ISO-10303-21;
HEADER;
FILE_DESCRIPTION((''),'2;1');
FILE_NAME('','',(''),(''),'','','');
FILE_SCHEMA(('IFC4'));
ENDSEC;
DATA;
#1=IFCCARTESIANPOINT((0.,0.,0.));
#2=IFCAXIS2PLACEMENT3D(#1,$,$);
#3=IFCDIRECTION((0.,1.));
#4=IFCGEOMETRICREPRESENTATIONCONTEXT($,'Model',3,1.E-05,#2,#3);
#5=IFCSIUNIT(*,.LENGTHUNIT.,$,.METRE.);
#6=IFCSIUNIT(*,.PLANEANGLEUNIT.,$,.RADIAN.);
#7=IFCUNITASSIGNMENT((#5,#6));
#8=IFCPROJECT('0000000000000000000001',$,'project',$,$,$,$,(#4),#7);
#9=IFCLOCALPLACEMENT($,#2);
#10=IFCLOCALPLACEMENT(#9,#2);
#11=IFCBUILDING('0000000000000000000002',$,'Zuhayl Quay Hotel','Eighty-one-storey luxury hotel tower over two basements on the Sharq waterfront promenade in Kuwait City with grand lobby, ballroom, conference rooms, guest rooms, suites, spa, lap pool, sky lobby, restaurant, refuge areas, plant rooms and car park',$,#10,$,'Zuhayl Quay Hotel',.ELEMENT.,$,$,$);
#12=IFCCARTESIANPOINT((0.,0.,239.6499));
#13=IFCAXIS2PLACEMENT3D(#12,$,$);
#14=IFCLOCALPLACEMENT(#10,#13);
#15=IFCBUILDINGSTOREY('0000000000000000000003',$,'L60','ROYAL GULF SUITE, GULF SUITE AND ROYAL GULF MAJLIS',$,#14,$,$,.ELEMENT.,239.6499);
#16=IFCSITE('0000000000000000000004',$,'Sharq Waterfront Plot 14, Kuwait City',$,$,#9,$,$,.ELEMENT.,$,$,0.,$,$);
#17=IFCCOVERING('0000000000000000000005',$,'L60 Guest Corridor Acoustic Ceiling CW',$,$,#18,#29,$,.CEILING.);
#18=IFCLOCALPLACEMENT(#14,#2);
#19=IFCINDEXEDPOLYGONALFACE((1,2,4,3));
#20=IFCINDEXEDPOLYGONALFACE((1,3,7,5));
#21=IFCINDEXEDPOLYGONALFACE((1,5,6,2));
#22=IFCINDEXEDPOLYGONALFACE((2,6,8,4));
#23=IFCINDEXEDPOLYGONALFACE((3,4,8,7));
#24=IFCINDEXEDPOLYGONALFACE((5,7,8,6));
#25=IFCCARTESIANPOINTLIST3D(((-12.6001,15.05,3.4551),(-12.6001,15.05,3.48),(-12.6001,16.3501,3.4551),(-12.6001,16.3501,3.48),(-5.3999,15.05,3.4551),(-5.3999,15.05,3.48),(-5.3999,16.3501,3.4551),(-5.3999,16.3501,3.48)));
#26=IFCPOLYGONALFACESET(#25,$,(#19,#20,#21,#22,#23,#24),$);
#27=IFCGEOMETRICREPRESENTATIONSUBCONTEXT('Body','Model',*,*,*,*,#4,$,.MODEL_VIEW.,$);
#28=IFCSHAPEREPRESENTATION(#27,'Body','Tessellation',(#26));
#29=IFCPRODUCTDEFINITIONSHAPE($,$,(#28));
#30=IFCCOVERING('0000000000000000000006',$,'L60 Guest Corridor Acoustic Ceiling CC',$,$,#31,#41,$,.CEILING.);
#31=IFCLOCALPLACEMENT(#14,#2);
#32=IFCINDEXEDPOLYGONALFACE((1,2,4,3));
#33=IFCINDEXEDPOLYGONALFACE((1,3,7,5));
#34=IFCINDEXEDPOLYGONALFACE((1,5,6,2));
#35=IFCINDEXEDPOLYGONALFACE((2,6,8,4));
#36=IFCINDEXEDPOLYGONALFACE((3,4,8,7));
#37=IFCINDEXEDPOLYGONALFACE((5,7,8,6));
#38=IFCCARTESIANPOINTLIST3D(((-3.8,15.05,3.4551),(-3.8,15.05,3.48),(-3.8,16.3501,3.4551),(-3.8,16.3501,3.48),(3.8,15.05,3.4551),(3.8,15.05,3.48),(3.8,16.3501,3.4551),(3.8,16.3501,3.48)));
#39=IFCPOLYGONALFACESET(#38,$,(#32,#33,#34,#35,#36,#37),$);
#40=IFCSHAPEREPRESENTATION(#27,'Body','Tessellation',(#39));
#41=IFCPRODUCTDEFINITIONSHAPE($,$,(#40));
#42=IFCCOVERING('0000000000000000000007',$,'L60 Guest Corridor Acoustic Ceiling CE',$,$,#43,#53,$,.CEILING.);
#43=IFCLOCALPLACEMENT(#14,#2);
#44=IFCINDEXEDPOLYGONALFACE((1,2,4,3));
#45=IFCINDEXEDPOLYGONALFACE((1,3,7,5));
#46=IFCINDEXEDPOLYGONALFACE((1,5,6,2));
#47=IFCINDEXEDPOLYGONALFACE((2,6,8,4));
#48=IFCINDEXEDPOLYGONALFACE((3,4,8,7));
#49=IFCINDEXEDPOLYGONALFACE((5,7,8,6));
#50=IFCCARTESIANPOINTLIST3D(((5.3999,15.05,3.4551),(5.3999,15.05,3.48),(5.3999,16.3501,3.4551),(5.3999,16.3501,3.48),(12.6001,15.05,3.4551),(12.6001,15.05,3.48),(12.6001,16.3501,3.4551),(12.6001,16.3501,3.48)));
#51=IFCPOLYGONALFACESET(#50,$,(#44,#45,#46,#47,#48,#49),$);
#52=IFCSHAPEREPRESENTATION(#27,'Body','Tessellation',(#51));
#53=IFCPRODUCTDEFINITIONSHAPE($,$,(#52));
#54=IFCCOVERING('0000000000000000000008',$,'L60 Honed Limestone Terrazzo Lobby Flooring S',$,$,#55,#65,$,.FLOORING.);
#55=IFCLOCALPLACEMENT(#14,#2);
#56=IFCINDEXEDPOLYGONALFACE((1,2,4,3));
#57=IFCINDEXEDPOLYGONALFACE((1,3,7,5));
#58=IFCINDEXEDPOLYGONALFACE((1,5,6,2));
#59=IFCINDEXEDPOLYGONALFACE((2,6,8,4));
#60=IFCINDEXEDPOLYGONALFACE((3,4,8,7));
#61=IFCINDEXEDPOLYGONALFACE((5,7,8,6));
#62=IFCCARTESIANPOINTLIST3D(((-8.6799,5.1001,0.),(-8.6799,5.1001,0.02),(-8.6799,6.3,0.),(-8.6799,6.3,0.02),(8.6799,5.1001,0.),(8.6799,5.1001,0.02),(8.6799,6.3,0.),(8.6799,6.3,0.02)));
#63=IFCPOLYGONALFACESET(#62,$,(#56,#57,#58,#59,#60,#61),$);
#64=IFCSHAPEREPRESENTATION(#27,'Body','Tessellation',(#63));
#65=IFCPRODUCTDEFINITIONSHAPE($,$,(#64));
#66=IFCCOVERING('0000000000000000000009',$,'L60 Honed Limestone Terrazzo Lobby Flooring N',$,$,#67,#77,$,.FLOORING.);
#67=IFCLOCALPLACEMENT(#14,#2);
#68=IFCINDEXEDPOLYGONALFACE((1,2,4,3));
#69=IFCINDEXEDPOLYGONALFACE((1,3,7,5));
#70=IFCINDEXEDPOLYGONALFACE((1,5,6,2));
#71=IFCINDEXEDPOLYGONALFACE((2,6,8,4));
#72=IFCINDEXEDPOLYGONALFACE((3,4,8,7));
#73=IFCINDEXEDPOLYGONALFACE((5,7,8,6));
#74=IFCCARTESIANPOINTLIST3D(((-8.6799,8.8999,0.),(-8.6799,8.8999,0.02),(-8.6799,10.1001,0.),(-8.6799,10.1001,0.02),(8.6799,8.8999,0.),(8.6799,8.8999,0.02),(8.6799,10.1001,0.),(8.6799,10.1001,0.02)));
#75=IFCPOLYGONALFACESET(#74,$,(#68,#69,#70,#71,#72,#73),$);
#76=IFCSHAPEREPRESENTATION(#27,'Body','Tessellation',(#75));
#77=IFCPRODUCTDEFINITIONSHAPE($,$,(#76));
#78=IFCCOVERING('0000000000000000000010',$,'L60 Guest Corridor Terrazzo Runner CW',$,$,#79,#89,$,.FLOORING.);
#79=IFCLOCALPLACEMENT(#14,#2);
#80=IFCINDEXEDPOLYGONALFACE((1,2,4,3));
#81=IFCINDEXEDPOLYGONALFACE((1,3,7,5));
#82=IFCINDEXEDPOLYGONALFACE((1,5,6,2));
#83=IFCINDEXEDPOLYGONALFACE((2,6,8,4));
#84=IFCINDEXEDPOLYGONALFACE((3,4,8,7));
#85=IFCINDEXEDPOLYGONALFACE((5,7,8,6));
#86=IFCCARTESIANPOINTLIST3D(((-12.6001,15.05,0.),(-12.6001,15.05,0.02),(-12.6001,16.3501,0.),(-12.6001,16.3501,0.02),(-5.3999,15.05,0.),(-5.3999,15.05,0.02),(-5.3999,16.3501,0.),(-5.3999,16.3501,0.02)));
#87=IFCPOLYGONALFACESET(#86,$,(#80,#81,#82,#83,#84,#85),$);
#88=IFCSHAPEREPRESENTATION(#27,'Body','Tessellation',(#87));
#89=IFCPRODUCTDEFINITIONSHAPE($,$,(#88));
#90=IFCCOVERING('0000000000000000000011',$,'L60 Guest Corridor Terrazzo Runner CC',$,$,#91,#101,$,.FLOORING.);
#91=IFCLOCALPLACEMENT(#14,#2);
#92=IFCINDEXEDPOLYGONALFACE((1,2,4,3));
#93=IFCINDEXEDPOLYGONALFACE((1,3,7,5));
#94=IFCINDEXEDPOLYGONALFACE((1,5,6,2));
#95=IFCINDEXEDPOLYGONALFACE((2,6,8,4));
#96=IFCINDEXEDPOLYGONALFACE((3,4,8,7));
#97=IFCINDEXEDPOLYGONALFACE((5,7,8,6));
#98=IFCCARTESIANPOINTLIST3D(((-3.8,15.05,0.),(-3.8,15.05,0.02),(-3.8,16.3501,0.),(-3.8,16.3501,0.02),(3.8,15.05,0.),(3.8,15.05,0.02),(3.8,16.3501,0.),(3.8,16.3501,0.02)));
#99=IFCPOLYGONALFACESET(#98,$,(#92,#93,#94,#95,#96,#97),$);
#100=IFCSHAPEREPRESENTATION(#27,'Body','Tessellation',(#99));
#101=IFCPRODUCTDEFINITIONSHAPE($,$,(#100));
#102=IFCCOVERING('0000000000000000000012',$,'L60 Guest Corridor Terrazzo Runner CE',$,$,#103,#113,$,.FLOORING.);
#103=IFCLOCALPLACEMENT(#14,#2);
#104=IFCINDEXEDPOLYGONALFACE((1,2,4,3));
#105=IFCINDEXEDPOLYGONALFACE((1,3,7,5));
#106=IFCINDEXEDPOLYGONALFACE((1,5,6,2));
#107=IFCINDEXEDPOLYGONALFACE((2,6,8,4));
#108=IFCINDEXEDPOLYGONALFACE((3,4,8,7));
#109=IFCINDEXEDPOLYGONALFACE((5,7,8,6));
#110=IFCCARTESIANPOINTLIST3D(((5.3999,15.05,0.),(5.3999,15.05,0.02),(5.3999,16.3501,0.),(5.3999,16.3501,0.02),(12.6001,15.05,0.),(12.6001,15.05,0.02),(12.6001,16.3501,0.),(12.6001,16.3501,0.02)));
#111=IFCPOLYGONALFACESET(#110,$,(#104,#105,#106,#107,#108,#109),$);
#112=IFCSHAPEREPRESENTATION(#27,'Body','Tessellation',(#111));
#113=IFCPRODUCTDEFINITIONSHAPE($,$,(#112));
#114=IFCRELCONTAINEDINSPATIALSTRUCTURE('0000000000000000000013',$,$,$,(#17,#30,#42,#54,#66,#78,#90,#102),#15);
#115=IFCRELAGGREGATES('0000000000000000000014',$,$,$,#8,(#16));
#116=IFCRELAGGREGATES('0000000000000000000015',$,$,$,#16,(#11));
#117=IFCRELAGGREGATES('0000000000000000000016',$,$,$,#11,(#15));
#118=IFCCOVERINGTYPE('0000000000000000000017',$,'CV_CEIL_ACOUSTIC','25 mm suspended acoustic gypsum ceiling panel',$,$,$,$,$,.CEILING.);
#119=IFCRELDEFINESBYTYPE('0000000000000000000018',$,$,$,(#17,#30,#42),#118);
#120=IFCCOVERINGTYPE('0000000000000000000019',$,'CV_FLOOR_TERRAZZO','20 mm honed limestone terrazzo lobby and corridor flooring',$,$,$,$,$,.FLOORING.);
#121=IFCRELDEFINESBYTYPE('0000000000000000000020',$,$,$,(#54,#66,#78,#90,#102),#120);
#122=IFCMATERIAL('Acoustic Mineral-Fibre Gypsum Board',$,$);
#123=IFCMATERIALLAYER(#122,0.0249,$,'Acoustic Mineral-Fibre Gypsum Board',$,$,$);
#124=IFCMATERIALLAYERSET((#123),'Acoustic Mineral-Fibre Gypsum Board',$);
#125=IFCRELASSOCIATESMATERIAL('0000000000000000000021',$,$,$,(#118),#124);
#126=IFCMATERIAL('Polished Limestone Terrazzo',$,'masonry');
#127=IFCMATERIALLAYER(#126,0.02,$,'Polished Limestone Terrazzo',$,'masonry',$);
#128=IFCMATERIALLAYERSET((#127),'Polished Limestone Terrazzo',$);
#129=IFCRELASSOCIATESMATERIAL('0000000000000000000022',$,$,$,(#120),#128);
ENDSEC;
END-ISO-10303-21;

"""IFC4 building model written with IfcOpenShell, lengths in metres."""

from ifc_helpers import new_model, si_unit, direction, frame, origin, place, context, subcontext, project, spatial, polyline, outline, extrude, material, layer, layer_set, type_object, element, save


model = new_model("IFC4")

# Units and contexts
model_context = context("Model", 3, precision=1e-05, world=origin(), true_north=direction((0.0, 1.0)))
body_context = subcontext(model_context, "Body", "Model", "MODEL_VIEW")
ifc_project = project(units=[si_unit("LENGTHUNIT", "METRE"), si_unit("PLANEANGLEUNIT", "RADIAN")], contexts=[model_context])

# Site, building, storey
site_placement = place(None, origin())
site = spatial("IfcSite", under=ifc_project, at=site_placement, Name="Sharq Waterfront Plot 14, Kuwait City", CompositionType="ELEMENT", RefElevation=0.0)
building_placement = place(site_placement, origin())
building = spatial("IfcBuilding", under=site, at=building_placement, Name="Zuhayl Quay Hotel", Description="Eighty-one-storey luxury hotel tower over two basements on the Sharq waterfront promenade in Kuwait City with grand lobby, ballroom, conference rooms, guest rooms, suites, spa, lap pool, sky lobby, restaurant, refuge areas, plant rooms and car park", LongName="Zuhayl Quay Hotel", CompositionType="ELEMENT")
storey_placement = place(building_placement, frame((0.0, 0.0, 239.6499)))
storey = spatial("IfcBuildingStorey", under=building, at=storey_placement, Name="L60", Description="ROYAL GULF SUITE, GULF SUITE AND ROYAL GULF MAJLIS", CompositionType="ELEMENT", Elevation=239.6499)

# Coverings
ifc_material_1 = material(Name="Acoustic Mineral-Fibre Gypsum Board")
ifc_layer_1 = layer(ifc_material_1, 0.0249, Name="Acoustic Mineral-Fibre Gypsum Board")
ifc_layer_set_1 = layer_set([ifc_layer_1], Name="Acoustic Mineral-Fibre Gypsum Board")
covering_type_1 = type_object("IfcCoveringType", Name="CV_CEIL_ACOUSTIC", Description="25 mm suspended acoustic gypsum ceiling panel", PredefinedType="CEILING", material=ifc_layer_set_1)
covering_1_placement = place(storey_placement, frame((0.0, 0.0, 3.4551)))
element("IfcCovering", 1, at=covering_1_placement, inside=storey, type_object=covering_type_1, Name="L60 Guest Corridor Acoustic Ceiling CW", PredefinedType="CEILING", context=body_context, shape_type="SweptSolid", body=[
    extrude(outline(polyline([(-12.6001, 15.05), (-5.3999, 15.05), (-5.3999, 16.3501), (-12.6001, 16.3501), (-12.6001, 15.05)])), origin(), (0.0, 0.0, 1.0), 0.0249),
])
covering_2_placement = place(storey_placement, frame((0.0, 0.0, 3.4551)))
element("IfcCovering", 2, at=covering_2_placement, inside=storey, type_object=covering_type_1, Name="L60 Guest Corridor Acoustic Ceiling CC", PredefinedType="CEILING", context=body_context, shape_type="SweptSolid", body=[
    extrude(outline(polyline([(-3.8, 15.05), (3.8, 15.05), (3.8, 16.3501), (-3.8, 16.3501), (-3.8, 15.05)])), origin(), (0.0, 0.0, 1.0), 0.0249),
])
covering_3_placement = place(storey_placement, frame((0.0, 0.0, 3.4551)))
element("IfcCovering", 3, at=covering_3_placement, inside=storey, type_object=covering_type_1, Name="L60 Guest Corridor Acoustic Ceiling CE", PredefinedType="CEILING", context=body_context, shape_type="SweptSolid", body=[
    extrude(outline(polyline([(5.3999, 15.05), (12.6001, 15.05), (12.6001, 16.3501), (5.3999, 16.3501), (5.3999, 15.05)])), origin(), (0.0, 0.0, 1.0), 0.0249),
])
ifc_material_2 = material(Name="Polished Limestone Terrazzo", Category="masonry")
ifc_layer_2 = layer(ifc_material_2, 0.02, Name="Polished Limestone Terrazzo", Category="masonry")
ifc_layer_set_2 = layer_set([ifc_layer_2], Name="Polished Limestone Terrazzo")
covering_type_2 = type_object("IfcCoveringType", Name="CV_FLOOR_TERRAZZO", Description="20 mm honed limestone terrazzo lobby and corridor flooring", PredefinedType="FLOORING", material=ifc_layer_set_2)
covering_4_placement = place(storey_placement, origin())
element("IfcCovering", 4, at=covering_4_placement, inside=storey, type_object=covering_type_2, Name="L60 Honed Limestone Terrazzo Lobby Flooring S", PredefinedType="FLOORING", context=body_context, shape_type="SweptSolid", body=[
    extrude(outline(polyline([(-8.6799, 5.1001), (8.6799, 5.1001), (8.6799, 6.3), (-8.6799, 6.3), (-8.6799, 5.1001)])), origin(), (0.0, 0.0, 1.0), 0.02),
])
covering_5_placement = place(storey_placement, origin())
element("IfcCovering", 5, at=covering_5_placement, inside=storey, type_object=covering_type_2, Name="L60 Honed Limestone Terrazzo Lobby Flooring N", PredefinedType="FLOORING", context=body_context, shape_type="SweptSolid", body=[
    extrude(outline(polyline([(-8.6799, 8.8999), (8.6799, 8.8999), (8.6799, 10.1001), (-8.6799, 10.1001), (-8.6799, 8.8999)])), origin(), (0.0, 0.0, 1.0), 0.02),
])
covering_6_placement = place(storey_placement, origin())
element("IfcCovering", 6, at=covering_6_placement, inside=storey, type_object=covering_type_2, Name="L60 Guest Corridor Terrazzo Runner CW", PredefinedType="FLOORING", context=body_context, shape_type="SweptSolid", body=[
    extrude(outline(polyline([(-12.6001, 15.05), (-5.3999, 15.05), (-5.3999, 16.3501), (-12.6001, 16.3501), (-12.6001, 15.05)])), origin(), (0.0, 0.0, 1.0), 0.02),
])
covering_7_placement = place(storey_placement, origin())
element("IfcCovering", 7, at=covering_7_placement, inside=storey, type_object=covering_type_2, Name="L60 Guest Corridor Terrazzo Runner CC", PredefinedType="FLOORING", context=body_context, shape_type="SweptSolid", body=[
    extrude(outline(polyline([(-3.8, 15.05), (3.8, 15.05), (3.8, 16.3501), (-3.8, 16.3501), (-3.8, 15.05)])), origin(), (0.0, 0.0, 1.0), 0.02),
])
covering_8_placement = place(storey_placement, origin())
element("IfcCovering", 8, at=covering_8_placement, inside=storey, type_object=covering_type_2, Name="L60 Guest Corridor Terrazzo Runner CE", PredefinedType="FLOORING", context=body_context, shape_type="SweptSolid", body=[
    extrude(outline(polyline([(5.3999, 15.05), (12.6001, 15.05), (12.6001, 16.3501), (5.3999, 16.3501), (5.3999, 15.05)])), origin(), (0.0, 0.0, 1.0), 0.02),
])

save(model, "model.ifc")
